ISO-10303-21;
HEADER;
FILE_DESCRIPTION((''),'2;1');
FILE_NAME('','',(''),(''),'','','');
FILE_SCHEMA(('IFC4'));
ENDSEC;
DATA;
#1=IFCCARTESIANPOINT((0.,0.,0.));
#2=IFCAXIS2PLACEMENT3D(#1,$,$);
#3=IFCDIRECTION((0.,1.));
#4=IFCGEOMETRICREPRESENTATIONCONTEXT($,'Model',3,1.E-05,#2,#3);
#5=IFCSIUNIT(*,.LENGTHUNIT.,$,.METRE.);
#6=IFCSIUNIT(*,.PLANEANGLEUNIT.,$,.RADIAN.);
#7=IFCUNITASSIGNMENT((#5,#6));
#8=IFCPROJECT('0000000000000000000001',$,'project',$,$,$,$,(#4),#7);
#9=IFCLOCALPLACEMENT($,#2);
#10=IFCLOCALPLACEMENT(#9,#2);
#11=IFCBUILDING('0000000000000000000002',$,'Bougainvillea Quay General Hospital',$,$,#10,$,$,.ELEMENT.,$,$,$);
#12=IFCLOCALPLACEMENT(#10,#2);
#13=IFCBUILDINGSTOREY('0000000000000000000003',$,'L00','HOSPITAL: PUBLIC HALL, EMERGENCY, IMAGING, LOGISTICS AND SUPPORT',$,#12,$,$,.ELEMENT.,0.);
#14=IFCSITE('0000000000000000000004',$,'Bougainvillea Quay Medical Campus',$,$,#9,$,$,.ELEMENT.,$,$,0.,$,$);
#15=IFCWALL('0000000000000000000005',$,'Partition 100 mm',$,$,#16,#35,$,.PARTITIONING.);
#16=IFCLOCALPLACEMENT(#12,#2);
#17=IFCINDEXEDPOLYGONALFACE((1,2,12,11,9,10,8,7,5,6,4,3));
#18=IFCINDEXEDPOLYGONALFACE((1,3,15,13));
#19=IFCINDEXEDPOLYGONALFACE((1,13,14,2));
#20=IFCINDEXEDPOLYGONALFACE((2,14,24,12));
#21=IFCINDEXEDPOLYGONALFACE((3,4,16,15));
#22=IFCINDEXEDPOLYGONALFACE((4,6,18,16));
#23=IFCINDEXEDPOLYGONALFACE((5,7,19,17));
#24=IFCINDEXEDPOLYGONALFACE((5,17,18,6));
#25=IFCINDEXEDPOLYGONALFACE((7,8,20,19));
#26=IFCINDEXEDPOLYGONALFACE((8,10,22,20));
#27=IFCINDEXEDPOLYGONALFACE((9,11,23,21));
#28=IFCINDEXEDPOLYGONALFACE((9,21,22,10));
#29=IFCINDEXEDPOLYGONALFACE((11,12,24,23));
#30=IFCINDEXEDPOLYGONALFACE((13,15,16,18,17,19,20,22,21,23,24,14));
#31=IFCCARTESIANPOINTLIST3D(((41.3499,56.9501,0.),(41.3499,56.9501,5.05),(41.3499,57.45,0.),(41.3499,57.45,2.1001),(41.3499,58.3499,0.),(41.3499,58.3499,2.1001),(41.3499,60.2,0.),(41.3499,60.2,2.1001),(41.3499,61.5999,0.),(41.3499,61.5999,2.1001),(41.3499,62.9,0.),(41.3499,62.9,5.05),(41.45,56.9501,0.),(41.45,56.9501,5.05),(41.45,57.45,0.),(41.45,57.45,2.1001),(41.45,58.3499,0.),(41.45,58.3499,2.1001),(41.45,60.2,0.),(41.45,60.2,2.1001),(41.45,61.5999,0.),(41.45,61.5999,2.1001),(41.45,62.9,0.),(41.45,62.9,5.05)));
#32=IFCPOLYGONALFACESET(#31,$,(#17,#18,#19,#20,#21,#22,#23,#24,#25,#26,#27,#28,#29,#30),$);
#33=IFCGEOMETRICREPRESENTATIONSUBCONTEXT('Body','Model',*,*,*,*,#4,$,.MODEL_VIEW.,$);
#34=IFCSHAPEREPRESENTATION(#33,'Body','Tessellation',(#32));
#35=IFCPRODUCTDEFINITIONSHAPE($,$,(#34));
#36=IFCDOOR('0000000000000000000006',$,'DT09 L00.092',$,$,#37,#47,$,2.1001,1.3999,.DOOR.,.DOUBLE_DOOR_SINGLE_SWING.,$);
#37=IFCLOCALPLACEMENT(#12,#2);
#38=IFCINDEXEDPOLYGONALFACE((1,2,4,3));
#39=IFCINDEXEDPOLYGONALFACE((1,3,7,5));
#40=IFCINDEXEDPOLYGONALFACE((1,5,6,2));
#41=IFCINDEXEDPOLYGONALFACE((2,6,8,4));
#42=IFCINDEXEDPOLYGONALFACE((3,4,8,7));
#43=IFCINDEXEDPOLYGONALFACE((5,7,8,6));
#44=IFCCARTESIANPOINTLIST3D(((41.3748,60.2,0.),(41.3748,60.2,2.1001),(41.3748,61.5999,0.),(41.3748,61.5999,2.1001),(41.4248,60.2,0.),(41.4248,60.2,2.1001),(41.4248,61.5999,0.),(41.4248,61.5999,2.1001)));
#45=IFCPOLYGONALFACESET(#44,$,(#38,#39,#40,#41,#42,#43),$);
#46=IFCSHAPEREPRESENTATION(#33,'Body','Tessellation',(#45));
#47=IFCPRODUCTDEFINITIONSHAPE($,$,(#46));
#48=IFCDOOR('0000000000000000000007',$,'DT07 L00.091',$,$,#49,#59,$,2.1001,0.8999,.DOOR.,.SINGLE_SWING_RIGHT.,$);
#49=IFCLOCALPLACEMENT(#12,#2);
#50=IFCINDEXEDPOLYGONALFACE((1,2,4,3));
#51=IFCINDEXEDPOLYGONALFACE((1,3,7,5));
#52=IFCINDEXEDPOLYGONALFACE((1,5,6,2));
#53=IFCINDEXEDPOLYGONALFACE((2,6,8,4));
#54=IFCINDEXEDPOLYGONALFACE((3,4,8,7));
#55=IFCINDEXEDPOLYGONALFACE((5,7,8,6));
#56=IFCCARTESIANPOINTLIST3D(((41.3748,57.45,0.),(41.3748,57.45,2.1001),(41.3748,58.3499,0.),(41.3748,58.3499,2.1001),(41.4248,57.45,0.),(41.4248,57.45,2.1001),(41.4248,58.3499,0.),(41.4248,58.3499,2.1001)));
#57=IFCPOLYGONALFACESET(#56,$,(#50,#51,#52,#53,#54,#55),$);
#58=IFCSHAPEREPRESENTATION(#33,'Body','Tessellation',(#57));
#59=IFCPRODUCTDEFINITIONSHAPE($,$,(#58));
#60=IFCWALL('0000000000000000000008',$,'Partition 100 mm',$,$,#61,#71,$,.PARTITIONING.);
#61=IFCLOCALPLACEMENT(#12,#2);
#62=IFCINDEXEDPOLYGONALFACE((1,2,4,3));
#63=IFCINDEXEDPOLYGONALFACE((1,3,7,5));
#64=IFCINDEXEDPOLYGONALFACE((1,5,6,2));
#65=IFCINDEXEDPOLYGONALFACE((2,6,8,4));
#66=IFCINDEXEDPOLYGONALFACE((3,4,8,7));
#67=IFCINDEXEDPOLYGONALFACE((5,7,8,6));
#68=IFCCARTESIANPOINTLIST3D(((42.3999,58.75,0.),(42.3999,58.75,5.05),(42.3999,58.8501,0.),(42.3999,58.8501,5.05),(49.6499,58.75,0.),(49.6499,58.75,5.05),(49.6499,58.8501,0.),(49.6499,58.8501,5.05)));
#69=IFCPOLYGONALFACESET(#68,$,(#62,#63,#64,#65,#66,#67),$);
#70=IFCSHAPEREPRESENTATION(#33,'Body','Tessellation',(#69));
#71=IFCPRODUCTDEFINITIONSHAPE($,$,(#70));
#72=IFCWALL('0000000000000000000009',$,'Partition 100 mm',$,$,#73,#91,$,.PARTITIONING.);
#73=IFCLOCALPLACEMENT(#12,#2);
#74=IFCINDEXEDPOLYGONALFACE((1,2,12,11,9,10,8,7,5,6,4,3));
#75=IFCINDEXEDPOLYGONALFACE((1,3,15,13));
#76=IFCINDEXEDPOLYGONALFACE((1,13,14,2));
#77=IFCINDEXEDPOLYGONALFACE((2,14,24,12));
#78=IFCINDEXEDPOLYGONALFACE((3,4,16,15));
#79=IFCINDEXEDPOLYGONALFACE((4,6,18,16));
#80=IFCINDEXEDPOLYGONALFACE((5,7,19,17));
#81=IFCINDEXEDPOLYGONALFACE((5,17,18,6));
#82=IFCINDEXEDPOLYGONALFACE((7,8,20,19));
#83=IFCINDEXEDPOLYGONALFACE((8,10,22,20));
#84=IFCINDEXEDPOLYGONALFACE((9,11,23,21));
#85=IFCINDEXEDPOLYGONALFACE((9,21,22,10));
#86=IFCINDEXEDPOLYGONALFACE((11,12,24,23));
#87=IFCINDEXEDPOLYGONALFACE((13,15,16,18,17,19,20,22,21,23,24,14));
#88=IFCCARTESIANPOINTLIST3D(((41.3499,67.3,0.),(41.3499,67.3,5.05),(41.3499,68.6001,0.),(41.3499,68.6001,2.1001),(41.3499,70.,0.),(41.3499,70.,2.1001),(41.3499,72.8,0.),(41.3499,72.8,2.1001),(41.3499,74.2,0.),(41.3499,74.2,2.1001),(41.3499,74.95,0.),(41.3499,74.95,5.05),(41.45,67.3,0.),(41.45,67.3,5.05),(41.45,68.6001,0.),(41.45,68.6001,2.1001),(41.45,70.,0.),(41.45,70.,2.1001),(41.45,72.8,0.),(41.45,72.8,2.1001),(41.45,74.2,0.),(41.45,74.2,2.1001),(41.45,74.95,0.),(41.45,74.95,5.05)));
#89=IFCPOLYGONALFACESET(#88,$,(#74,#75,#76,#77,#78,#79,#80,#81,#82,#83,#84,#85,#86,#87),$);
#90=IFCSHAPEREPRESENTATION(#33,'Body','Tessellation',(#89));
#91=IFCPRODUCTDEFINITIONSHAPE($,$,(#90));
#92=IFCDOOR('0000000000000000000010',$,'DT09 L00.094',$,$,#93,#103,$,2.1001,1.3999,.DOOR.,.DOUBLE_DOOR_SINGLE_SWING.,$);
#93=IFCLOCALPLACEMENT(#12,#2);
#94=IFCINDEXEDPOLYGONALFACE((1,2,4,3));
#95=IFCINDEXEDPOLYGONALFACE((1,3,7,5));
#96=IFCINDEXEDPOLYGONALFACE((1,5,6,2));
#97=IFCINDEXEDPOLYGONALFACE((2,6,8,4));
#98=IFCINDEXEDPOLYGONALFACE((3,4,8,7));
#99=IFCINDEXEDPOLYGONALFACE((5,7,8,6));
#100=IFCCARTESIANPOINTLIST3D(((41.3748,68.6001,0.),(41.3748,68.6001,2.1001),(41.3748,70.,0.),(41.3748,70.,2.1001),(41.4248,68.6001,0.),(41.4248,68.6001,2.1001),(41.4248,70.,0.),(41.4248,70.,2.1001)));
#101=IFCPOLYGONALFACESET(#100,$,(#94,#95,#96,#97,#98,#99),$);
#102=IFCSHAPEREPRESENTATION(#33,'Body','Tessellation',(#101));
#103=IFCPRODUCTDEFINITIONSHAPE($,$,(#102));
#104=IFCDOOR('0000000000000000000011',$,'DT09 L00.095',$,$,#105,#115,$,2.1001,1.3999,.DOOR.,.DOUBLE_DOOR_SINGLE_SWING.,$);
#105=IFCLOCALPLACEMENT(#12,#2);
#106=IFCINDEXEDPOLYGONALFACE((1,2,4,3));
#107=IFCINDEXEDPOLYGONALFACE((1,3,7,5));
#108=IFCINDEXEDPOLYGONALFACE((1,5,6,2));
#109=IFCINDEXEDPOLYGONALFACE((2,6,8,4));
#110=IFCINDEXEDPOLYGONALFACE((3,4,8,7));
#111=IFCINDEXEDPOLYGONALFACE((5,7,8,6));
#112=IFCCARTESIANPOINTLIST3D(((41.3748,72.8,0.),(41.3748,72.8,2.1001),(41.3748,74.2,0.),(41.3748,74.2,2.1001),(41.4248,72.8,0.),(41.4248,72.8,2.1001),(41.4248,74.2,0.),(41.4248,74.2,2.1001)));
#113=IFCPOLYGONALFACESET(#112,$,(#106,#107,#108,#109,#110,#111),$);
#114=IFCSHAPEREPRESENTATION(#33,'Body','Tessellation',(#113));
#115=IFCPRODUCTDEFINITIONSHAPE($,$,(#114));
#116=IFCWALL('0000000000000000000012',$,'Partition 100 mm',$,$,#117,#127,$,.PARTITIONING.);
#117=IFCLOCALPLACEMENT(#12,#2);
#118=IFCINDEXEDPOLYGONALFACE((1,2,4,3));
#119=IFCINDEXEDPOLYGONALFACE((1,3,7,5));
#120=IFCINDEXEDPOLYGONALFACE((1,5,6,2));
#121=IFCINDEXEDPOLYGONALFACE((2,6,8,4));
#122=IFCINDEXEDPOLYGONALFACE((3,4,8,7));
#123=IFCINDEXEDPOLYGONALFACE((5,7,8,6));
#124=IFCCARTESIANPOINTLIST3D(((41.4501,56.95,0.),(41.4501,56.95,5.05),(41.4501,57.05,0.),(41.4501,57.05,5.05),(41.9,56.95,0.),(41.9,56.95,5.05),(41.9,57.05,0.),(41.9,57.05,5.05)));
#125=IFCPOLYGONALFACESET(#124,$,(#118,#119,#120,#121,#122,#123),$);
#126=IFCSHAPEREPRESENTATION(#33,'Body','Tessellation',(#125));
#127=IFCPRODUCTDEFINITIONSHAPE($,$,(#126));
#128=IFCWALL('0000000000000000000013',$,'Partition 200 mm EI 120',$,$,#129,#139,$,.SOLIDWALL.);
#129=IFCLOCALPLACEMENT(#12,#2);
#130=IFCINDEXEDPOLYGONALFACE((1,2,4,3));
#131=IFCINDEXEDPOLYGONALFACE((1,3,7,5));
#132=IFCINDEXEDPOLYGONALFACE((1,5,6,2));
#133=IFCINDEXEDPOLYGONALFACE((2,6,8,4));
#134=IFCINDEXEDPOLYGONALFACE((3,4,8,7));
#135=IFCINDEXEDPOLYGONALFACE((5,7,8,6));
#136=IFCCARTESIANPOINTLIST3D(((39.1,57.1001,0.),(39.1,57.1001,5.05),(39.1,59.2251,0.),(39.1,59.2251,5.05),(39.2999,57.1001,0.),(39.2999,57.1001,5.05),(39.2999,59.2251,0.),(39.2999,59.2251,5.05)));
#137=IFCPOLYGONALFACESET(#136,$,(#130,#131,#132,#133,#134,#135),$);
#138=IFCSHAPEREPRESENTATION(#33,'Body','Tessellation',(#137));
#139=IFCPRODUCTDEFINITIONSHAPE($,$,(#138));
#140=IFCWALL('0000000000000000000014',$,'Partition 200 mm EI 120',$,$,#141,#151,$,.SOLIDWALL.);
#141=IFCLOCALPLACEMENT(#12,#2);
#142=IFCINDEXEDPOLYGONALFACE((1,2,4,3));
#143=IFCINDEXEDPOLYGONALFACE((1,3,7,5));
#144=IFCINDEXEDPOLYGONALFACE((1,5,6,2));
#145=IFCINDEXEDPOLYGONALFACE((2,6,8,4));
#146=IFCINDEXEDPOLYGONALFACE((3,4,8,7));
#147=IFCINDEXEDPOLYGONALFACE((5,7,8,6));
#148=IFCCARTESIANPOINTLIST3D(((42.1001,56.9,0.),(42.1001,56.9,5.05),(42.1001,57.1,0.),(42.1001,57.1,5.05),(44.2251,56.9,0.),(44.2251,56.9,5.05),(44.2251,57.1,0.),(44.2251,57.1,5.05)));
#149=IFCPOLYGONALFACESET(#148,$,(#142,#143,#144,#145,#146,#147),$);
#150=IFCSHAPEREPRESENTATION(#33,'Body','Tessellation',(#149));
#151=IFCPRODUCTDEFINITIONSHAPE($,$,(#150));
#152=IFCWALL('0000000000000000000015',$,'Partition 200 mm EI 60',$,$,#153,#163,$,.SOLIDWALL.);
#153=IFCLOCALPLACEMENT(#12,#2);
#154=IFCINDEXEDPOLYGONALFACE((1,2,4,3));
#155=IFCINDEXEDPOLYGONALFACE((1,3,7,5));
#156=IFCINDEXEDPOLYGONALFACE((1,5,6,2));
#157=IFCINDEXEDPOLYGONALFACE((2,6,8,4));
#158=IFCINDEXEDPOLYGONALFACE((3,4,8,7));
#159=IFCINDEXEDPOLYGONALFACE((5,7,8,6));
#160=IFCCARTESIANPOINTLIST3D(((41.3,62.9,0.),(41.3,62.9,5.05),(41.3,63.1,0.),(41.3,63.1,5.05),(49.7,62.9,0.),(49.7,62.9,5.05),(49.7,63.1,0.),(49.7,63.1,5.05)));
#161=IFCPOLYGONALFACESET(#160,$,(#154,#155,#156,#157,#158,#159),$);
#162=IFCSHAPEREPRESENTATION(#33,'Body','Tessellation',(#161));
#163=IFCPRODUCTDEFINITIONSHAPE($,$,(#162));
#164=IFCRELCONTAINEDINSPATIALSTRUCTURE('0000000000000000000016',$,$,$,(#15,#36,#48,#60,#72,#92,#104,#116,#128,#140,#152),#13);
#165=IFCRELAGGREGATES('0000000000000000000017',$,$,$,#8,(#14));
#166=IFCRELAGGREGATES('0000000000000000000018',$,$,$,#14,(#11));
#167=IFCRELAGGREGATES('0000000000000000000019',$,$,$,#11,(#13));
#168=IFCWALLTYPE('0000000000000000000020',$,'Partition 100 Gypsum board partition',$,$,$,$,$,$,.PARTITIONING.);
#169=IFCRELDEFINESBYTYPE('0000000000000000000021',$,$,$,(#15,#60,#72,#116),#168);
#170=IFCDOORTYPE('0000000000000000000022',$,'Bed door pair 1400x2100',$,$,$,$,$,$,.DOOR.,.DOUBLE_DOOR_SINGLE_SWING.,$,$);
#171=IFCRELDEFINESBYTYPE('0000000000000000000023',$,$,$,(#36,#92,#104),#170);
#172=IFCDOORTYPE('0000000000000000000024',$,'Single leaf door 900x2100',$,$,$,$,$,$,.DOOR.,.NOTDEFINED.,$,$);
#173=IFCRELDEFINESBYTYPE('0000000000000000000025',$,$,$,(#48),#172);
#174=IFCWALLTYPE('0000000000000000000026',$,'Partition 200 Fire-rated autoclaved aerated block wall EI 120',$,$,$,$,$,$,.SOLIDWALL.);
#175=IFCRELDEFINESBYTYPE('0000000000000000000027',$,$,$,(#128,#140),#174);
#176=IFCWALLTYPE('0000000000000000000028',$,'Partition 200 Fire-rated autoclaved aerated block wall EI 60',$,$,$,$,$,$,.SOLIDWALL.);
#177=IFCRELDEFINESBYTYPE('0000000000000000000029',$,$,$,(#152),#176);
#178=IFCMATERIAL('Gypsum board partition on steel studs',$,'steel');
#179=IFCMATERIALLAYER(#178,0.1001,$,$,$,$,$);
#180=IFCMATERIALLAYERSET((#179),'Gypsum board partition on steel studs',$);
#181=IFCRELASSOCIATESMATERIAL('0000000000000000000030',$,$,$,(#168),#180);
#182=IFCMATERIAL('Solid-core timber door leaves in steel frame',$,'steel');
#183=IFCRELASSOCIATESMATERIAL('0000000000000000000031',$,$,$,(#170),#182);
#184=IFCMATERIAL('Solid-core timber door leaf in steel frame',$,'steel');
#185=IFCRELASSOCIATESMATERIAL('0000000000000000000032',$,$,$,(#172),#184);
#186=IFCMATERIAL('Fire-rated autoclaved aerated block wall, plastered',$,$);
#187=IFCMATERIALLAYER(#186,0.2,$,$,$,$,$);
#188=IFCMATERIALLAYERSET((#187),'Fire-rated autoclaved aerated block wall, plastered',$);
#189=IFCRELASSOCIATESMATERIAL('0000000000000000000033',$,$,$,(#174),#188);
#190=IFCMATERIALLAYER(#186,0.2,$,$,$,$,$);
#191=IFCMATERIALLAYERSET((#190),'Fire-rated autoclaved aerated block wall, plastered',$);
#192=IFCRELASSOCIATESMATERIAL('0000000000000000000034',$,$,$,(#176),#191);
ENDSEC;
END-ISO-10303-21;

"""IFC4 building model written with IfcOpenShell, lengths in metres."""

from ifc_helpers import new_model, si_unit, direction, frame, frame_2d, origin, place, context, subcontext, project, spatial, rectangle, extrude, material, layer, layer_set, type_object, element, fill, save


model = new_model("IFC4")

# Units and contexts
model_context = context("Model", 3, precision=1e-05, world=origin(), true_north=direction((0.0, 1.0)))
body_context = subcontext(model_context, "Body", "Model", "MODEL_VIEW")
ifc_project = project(units=[si_unit("LENGTHUNIT", "METRE"), si_unit("PLANEANGLEUNIT", "RADIAN")], contexts=[model_context])

# Site, building, storey
site_placement = place(None, origin())
site = spatial("IfcSite", under=ifc_project, at=site_placement, Name="Bougainvillea Quay Medical Campus", CompositionType="ELEMENT", RefElevation=0.0)
building_placement = place(site_placement, origin())
building = spatial("IfcBuilding", under=site, at=building_placement, Name="Bougainvillea Quay General Hospital", CompositionType="ELEMENT")
storey_placement = place(building_placement, origin())
storey = spatial("IfcBuildingStorey", under=building, at=storey_placement, Name="L00", Description="HOSPITAL: PUBLIC HALL, EMERGENCY, IMAGING, LOGISTICS AND SUPPORT", CompositionType="ELEMENT", Elevation=0.0)

# Wall, openings, doors
ifc_material_1 = material(Name="Gypsum board partition on steel studs", Category="steel")
ifc_layer_1 = layer(ifc_material_1, 0.1001)
ifc_layer_set_1 = layer_set([ifc_layer_1], Name="Gypsum board partition on steel studs")
wall_type_1 = type_object("IfcWallType", Name="Partition 100 Gypsum board partition", PredefinedType="PARTITIONING", material=ifc_layer_set_1)
wall_1_placement = place(storey_placement, frame((41.3999, 56.95, 0.0), z_axis=(0.0, 0.0, 1.0), x_axis=(0.0, 1.0, 0.0)))
wall_1 = element("IfcWall", 1, at=wall_1_placement, inside=storey, type_object=wall_type_1, Name="Partition 100 mm", PredefinedType="PARTITIONING", context=body_context, shape_type="SweptSolid", body=[
    extrude(rectangle(XDim=5.95, YDim=0.1001, at=frame_2d((2.9751, 0.0))), origin(), (0.0, 0.0, 1.0), 5.05),
])
opening_1_placement = place(wall_1_placement, frame((0.5, 0.0, 0.0)))
opening_1 = element("IfcOpeningElement", 2, at=opening_1_placement, cuts=wall_1, PredefinedType="OPENING", context=body_context, shape_type="SweptSolid", body=[
    extrude(rectangle(XDim=0.8999, YDim=2.1001, at=frame_2d((0.45, 1.05))), frame((0.0, 0.0601, 0.0), z_axis=(0.0, -1.0, 0.0), x_axis=(1.0, 0.0, 0.0)), (0.0, 0.0, 1.0), 0.1201),
])
opening_2_placement = place(wall_1_placement, frame((3.25, 0.0, 0.0)))
opening_2 = element("IfcOpeningElement", 3, at=opening_2_placement, cuts=wall_1, PredefinedType="OPENING", context=body_context, shape_type="SweptSolid", body=[
    extrude(rectangle(XDim=1.3999, YDim=2.1001, at=frame_2d((0.7, 1.05))), frame((0.0, 0.0601, 0.0), z_axis=(0.0, -1.0, 0.0), x_axis=(1.0, 0.0, 0.0)), (0.0, 0.0, 1.0), 0.1201),
])
ifc_material_2 = material(Name="Solid-core timber door leaves in steel frame", Category="steel")
door_type_1 = type_object("IfcDoorType", Name="Bed door pair 1400x2100", OperationType="DOUBLE_DOOR_SINGLE_SWING", PredefinedType="DOOR", material=ifc_material_2)
door_1_placement = place(opening_2_placement, frame((1.3999, 0.0, 0.0), z_axis=(0.0, 0.0, 1.0), x_axis=(-1.0, 0.0, 0.0)))
door_1 = element("IfcDoor", 4, at=door_1_placement, inside=storey, type_object=door_type_1, Name="DT09 L00.092", OperationType="DOUBLE_DOOR_SINGLE_SWING", OverallHeight=2.1001, OverallWidth=1.3999, PredefinedType="DOOR", context=body_context, shape_type="SweptSolid", body=[
    extrude(rectangle(XDim=1.3999, YDim=2.1001, at=frame_2d((0.7, 1.05))), frame((0.0, 0.0249, 0.0), z_axis=(0.0, -1.0, 0.0), x_axis=(1.0, 0.0, 0.0)), (0.0, 0.0, 1.0), 0.05),
])
fill(opening_2, door_1)
ifc_material_3 = material(Name="Solid-core timber door leaf in steel frame", Category="steel")
door_type_2 = type_object("IfcDoorType", Name="Single leaf door 900x2100", OperationType="NOTDEFINED", PredefinedType="DOOR", material=ifc_material_3)
door_2_placement = place(opening_1_placement, frame((0.8999, 0.0, 0.0), z_axis=(0.0, 0.0, 1.0), x_axis=(-1.0, 0.0, 0.0)))
door_2 = element("IfcDoor", 5, at=door_2_placement, inside=storey, type_object=door_type_2, Name="DT07 L00.091", OperationType="SINGLE_SWING_RIGHT", OverallHeight=2.1001, OverallWidth=0.8999, PredefinedType="DOOR", context=body_context, shape_type="SweptSolid", body=[
    extrude(rectangle(XDim=0.8999, YDim=2.1001, at=frame_2d((0.45, 1.05))), frame((0.0, 0.0249, 0.0), z_axis=(0.0, -1.0, 0.0), x_axis=(1.0, 0.0, 0.0)), (0.0, 0.0, 1.0), 0.05),
])
fill(opening_1, door_2)

# Wall
wall_2_placement = place(storey_placement, frame((42.3999, 58.8, 0.0), z_axis=(0.0, 0.0, 1.0), x_axis=(1.0, 0.0, 0.0)))
element("IfcWall", 6, at=wall_2_placement, inside=storey, type_object=wall_type_1, Name="Partition 100 mm", PredefinedType="PARTITIONING", context=body_context, shape_type="SweptSolid", body=[
    extrude(rectangle(XDim=7.25, YDim=0.1001, at=frame_2d((3.625, 0.0))), origin(), (0.0, 0.0, 1.0), 5.05),
])

# Wall, openings, doors
wall_3_placement = place(storey_placement, frame((41.3999, 67.3, 0.0), z_axis=(0.0, 0.0, 1.0), x_axis=(0.0, 1.0, 0.0)))
wall_3 = element("IfcWall", 7, at=wall_3_placement, inside=storey, type_object=wall_type_1, Name="Partition 100 mm", PredefinedType="PARTITIONING", context=body_context, shape_type="SweptSolid", body=[
    extrude(rectangle(XDim=7.6499, YDim=0.1001, at=frame_2d((3.825, 0.0))), origin(), (0.0, 0.0, 1.0), 5.05),
])
opening_3_placement = place(wall_3_placement, frame((1.3, 0.0, 0.0)))
opening_3 = element("IfcOpeningElement", 8, at=opening_3_placement, cuts=wall_3, PredefinedType="OPENING", context=body_context, shape_type="SweptSolid", body=[
    extrude(rectangle(XDim=1.3999, YDim=2.1001, at=frame_2d((0.7, 1.05))), frame((0.0, 0.0601, 0.0), z_axis=(0.0, -1.0, 0.0), x_axis=(1.0, 0.0, 0.0)), (0.0, 0.0, 1.0), 0.1201),
])
opening_4_placement = place(wall_3_placement, frame((5.5, 0.0, 0.0)))
opening_4 = element("IfcOpeningElement", 9, at=opening_4_placement, cuts=wall_3, PredefinedType="OPENING", context=body_context, shape_type="SweptSolid", body=[
    extrude(rectangle(XDim=1.3999, YDim=2.1001, at=frame_2d((0.7, 1.05))), frame((0.0, 0.0601, 0.0), z_axis=(0.0, -1.0, 0.0), x_axis=(1.0, 0.0, 0.0)), (0.0, 0.0, 1.0), 0.1201),
])
door_3_placement = place(opening_3_placement, frame((1.3999, 0.0, 0.0), z_axis=(0.0, 0.0, 1.0), x_axis=(-1.0, 0.0, 0.0)))
door_3 = element("IfcDoor", 10, at=door_3_placement, inside=storey, type_object=door_type_1, Name="DT09 L00.094", OperationType="DOUBLE_DOOR_SINGLE_SWING", OverallHeight=2.1001, OverallWidth=1.3999, PredefinedType="DOOR", context=body_context, shape_type="SweptSolid", body=[
    extrude(rectangle(XDim=1.3999, YDim=2.1001, at=frame_2d((0.7, 1.05))), frame((0.0, 0.0249, 0.0), z_axis=(0.0, -1.0, 0.0), x_axis=(1.0, 0.0, 0.0)), (0.0, 0.0, 1.0), 0.05),
])
fill(opening_3, door_3)
door_4_placement = place(opening_4_placement, frame((1.3999, 0.0, 0.0), z_axis=(0.0, 0.0, 1.0), x_axis=(-1.0, 0.0, 0.0)))
door_4 = element("IfcDoor", 11, at=door_4_placement, inside=storey, type_object=door_type_1, Name="DT09 L00.095", OperationType="DOUBLE_DOOR_SINGLE_SWING", OverallHeight=2.1001, OverallWidth=1.3999, PredefinedType="DOOR", context=body_context, shape_type="SweptSolid", body=[
    extrude(rectangle(XDim=1.3999, YDim=2.1001, at=frame_2d((0.7, 1.05))), frame((0.0, 0.0249, 0.0), z_axis=(0.0, -1.0, 0.0), x_axis=(1.0, 0.0, 0.0)), (0.0, 0.0, 1.0), 0.05),
])
fill(opening_4, door_4)

# Walls
wall_4_placement = place(storey_placement, frame((41.45, 57.0, 0.0), z_axis=(0.0, 0.0, 1.0), x_axis=(1.0, 0.0, 0.0)))
element("IfcWall", 12, at=wall_4_placement, inside=storey, type_object=wall_type_1, Name="Partition 100 mm", PredefinedType="PARTITIONING", context=body_context, shape_type="SweptSolid", body=[
    extrude(rectangle(XDim=0.45, YDim=0.1001, at=frame_2d((0.2251, 0.0))), origin(), (0.0, 0.0, 1.0), 5.05),
])
ifc_material_4 = material(Name="Fire-rated autoclaved aerated block wall, plastered")
ifc_layer_2 = layer(ifc_material_4, 0.2)
ifc_layer_set_2 = layer_set([ifc_layer_2], Name="Fire-rated autoclaved aerated block wall, plastered")
wall_type_2 = type_object("IfcWallType", Name="Partition 200 Fire-rated autoclaved aerated block wall EI 120", PredefinedType="SOLIDWALL", material=ifc_layer_set_2)
for number, where, z_axis, x_axis, name in (
    (13, (39.2, 57.1001, 0.0), (0.0, 0.0, 1.0), (0.0, 1.0, 0.0), "Partition 200 mm EI 120"),
    (14, (42.1001, 57.0, 0.0), (0.0, 0.0, 1.0), (1.0, 0.0, 0.0), "Partition 200 mm EI 120"),
):
    element("IfcWall", number, at=place(storey_placement, frame(where, z_axis=z_axis, x_axis=x_axis)), inside=storey, type_object=wall_type_2, Name=name, PredefinedType="SOLIDWALL", context=body_context, shape_type="SweptSolid", body=[
        extrude(rectangle(XDim=2.125, YDim=0.2, at=frame_2d((1.0625, 0.0))), origin(), (0.0, 0.0, 1.0), 5.05),
    ])
ifc_layer_3 = layer(ifc_material_4, 0.2)
ifc_layer_set_3 = layer_set([ifc_layer_3], Name="Fire-rated autoclaved aerated block wall, plastered")
wall_type_3 = type_object("IfcWallType", Name="Partition 200 Fire-rated autoclaved aerated block wall EI 60", PredefinedType="SOLIDWALL", material=ifc_layer_set_3)
wall_5_placement = place(storey_placement, frame((41.3, 63.0, 0.0), z_axis=(0.0, 0.0, 1.0), x_axis=(1.0, 0.0, 0.0)))
element("IfcWall", 15, at=wall_5_placement, inside=storey, type_object=wall_type_3, Name="Partition 200 mm EI 60", PredefinedType="SOLIDWALL", context=body_context, shape_type="SweptSolid", body=[
    extrude(rectangle(XDim=8.3999, YDim=0.2, at=frame_2d((4.2, 0.0))), origin(), (0.0, 0.0, 1.0), 5.05),
])

save(model, "model.ifc")
